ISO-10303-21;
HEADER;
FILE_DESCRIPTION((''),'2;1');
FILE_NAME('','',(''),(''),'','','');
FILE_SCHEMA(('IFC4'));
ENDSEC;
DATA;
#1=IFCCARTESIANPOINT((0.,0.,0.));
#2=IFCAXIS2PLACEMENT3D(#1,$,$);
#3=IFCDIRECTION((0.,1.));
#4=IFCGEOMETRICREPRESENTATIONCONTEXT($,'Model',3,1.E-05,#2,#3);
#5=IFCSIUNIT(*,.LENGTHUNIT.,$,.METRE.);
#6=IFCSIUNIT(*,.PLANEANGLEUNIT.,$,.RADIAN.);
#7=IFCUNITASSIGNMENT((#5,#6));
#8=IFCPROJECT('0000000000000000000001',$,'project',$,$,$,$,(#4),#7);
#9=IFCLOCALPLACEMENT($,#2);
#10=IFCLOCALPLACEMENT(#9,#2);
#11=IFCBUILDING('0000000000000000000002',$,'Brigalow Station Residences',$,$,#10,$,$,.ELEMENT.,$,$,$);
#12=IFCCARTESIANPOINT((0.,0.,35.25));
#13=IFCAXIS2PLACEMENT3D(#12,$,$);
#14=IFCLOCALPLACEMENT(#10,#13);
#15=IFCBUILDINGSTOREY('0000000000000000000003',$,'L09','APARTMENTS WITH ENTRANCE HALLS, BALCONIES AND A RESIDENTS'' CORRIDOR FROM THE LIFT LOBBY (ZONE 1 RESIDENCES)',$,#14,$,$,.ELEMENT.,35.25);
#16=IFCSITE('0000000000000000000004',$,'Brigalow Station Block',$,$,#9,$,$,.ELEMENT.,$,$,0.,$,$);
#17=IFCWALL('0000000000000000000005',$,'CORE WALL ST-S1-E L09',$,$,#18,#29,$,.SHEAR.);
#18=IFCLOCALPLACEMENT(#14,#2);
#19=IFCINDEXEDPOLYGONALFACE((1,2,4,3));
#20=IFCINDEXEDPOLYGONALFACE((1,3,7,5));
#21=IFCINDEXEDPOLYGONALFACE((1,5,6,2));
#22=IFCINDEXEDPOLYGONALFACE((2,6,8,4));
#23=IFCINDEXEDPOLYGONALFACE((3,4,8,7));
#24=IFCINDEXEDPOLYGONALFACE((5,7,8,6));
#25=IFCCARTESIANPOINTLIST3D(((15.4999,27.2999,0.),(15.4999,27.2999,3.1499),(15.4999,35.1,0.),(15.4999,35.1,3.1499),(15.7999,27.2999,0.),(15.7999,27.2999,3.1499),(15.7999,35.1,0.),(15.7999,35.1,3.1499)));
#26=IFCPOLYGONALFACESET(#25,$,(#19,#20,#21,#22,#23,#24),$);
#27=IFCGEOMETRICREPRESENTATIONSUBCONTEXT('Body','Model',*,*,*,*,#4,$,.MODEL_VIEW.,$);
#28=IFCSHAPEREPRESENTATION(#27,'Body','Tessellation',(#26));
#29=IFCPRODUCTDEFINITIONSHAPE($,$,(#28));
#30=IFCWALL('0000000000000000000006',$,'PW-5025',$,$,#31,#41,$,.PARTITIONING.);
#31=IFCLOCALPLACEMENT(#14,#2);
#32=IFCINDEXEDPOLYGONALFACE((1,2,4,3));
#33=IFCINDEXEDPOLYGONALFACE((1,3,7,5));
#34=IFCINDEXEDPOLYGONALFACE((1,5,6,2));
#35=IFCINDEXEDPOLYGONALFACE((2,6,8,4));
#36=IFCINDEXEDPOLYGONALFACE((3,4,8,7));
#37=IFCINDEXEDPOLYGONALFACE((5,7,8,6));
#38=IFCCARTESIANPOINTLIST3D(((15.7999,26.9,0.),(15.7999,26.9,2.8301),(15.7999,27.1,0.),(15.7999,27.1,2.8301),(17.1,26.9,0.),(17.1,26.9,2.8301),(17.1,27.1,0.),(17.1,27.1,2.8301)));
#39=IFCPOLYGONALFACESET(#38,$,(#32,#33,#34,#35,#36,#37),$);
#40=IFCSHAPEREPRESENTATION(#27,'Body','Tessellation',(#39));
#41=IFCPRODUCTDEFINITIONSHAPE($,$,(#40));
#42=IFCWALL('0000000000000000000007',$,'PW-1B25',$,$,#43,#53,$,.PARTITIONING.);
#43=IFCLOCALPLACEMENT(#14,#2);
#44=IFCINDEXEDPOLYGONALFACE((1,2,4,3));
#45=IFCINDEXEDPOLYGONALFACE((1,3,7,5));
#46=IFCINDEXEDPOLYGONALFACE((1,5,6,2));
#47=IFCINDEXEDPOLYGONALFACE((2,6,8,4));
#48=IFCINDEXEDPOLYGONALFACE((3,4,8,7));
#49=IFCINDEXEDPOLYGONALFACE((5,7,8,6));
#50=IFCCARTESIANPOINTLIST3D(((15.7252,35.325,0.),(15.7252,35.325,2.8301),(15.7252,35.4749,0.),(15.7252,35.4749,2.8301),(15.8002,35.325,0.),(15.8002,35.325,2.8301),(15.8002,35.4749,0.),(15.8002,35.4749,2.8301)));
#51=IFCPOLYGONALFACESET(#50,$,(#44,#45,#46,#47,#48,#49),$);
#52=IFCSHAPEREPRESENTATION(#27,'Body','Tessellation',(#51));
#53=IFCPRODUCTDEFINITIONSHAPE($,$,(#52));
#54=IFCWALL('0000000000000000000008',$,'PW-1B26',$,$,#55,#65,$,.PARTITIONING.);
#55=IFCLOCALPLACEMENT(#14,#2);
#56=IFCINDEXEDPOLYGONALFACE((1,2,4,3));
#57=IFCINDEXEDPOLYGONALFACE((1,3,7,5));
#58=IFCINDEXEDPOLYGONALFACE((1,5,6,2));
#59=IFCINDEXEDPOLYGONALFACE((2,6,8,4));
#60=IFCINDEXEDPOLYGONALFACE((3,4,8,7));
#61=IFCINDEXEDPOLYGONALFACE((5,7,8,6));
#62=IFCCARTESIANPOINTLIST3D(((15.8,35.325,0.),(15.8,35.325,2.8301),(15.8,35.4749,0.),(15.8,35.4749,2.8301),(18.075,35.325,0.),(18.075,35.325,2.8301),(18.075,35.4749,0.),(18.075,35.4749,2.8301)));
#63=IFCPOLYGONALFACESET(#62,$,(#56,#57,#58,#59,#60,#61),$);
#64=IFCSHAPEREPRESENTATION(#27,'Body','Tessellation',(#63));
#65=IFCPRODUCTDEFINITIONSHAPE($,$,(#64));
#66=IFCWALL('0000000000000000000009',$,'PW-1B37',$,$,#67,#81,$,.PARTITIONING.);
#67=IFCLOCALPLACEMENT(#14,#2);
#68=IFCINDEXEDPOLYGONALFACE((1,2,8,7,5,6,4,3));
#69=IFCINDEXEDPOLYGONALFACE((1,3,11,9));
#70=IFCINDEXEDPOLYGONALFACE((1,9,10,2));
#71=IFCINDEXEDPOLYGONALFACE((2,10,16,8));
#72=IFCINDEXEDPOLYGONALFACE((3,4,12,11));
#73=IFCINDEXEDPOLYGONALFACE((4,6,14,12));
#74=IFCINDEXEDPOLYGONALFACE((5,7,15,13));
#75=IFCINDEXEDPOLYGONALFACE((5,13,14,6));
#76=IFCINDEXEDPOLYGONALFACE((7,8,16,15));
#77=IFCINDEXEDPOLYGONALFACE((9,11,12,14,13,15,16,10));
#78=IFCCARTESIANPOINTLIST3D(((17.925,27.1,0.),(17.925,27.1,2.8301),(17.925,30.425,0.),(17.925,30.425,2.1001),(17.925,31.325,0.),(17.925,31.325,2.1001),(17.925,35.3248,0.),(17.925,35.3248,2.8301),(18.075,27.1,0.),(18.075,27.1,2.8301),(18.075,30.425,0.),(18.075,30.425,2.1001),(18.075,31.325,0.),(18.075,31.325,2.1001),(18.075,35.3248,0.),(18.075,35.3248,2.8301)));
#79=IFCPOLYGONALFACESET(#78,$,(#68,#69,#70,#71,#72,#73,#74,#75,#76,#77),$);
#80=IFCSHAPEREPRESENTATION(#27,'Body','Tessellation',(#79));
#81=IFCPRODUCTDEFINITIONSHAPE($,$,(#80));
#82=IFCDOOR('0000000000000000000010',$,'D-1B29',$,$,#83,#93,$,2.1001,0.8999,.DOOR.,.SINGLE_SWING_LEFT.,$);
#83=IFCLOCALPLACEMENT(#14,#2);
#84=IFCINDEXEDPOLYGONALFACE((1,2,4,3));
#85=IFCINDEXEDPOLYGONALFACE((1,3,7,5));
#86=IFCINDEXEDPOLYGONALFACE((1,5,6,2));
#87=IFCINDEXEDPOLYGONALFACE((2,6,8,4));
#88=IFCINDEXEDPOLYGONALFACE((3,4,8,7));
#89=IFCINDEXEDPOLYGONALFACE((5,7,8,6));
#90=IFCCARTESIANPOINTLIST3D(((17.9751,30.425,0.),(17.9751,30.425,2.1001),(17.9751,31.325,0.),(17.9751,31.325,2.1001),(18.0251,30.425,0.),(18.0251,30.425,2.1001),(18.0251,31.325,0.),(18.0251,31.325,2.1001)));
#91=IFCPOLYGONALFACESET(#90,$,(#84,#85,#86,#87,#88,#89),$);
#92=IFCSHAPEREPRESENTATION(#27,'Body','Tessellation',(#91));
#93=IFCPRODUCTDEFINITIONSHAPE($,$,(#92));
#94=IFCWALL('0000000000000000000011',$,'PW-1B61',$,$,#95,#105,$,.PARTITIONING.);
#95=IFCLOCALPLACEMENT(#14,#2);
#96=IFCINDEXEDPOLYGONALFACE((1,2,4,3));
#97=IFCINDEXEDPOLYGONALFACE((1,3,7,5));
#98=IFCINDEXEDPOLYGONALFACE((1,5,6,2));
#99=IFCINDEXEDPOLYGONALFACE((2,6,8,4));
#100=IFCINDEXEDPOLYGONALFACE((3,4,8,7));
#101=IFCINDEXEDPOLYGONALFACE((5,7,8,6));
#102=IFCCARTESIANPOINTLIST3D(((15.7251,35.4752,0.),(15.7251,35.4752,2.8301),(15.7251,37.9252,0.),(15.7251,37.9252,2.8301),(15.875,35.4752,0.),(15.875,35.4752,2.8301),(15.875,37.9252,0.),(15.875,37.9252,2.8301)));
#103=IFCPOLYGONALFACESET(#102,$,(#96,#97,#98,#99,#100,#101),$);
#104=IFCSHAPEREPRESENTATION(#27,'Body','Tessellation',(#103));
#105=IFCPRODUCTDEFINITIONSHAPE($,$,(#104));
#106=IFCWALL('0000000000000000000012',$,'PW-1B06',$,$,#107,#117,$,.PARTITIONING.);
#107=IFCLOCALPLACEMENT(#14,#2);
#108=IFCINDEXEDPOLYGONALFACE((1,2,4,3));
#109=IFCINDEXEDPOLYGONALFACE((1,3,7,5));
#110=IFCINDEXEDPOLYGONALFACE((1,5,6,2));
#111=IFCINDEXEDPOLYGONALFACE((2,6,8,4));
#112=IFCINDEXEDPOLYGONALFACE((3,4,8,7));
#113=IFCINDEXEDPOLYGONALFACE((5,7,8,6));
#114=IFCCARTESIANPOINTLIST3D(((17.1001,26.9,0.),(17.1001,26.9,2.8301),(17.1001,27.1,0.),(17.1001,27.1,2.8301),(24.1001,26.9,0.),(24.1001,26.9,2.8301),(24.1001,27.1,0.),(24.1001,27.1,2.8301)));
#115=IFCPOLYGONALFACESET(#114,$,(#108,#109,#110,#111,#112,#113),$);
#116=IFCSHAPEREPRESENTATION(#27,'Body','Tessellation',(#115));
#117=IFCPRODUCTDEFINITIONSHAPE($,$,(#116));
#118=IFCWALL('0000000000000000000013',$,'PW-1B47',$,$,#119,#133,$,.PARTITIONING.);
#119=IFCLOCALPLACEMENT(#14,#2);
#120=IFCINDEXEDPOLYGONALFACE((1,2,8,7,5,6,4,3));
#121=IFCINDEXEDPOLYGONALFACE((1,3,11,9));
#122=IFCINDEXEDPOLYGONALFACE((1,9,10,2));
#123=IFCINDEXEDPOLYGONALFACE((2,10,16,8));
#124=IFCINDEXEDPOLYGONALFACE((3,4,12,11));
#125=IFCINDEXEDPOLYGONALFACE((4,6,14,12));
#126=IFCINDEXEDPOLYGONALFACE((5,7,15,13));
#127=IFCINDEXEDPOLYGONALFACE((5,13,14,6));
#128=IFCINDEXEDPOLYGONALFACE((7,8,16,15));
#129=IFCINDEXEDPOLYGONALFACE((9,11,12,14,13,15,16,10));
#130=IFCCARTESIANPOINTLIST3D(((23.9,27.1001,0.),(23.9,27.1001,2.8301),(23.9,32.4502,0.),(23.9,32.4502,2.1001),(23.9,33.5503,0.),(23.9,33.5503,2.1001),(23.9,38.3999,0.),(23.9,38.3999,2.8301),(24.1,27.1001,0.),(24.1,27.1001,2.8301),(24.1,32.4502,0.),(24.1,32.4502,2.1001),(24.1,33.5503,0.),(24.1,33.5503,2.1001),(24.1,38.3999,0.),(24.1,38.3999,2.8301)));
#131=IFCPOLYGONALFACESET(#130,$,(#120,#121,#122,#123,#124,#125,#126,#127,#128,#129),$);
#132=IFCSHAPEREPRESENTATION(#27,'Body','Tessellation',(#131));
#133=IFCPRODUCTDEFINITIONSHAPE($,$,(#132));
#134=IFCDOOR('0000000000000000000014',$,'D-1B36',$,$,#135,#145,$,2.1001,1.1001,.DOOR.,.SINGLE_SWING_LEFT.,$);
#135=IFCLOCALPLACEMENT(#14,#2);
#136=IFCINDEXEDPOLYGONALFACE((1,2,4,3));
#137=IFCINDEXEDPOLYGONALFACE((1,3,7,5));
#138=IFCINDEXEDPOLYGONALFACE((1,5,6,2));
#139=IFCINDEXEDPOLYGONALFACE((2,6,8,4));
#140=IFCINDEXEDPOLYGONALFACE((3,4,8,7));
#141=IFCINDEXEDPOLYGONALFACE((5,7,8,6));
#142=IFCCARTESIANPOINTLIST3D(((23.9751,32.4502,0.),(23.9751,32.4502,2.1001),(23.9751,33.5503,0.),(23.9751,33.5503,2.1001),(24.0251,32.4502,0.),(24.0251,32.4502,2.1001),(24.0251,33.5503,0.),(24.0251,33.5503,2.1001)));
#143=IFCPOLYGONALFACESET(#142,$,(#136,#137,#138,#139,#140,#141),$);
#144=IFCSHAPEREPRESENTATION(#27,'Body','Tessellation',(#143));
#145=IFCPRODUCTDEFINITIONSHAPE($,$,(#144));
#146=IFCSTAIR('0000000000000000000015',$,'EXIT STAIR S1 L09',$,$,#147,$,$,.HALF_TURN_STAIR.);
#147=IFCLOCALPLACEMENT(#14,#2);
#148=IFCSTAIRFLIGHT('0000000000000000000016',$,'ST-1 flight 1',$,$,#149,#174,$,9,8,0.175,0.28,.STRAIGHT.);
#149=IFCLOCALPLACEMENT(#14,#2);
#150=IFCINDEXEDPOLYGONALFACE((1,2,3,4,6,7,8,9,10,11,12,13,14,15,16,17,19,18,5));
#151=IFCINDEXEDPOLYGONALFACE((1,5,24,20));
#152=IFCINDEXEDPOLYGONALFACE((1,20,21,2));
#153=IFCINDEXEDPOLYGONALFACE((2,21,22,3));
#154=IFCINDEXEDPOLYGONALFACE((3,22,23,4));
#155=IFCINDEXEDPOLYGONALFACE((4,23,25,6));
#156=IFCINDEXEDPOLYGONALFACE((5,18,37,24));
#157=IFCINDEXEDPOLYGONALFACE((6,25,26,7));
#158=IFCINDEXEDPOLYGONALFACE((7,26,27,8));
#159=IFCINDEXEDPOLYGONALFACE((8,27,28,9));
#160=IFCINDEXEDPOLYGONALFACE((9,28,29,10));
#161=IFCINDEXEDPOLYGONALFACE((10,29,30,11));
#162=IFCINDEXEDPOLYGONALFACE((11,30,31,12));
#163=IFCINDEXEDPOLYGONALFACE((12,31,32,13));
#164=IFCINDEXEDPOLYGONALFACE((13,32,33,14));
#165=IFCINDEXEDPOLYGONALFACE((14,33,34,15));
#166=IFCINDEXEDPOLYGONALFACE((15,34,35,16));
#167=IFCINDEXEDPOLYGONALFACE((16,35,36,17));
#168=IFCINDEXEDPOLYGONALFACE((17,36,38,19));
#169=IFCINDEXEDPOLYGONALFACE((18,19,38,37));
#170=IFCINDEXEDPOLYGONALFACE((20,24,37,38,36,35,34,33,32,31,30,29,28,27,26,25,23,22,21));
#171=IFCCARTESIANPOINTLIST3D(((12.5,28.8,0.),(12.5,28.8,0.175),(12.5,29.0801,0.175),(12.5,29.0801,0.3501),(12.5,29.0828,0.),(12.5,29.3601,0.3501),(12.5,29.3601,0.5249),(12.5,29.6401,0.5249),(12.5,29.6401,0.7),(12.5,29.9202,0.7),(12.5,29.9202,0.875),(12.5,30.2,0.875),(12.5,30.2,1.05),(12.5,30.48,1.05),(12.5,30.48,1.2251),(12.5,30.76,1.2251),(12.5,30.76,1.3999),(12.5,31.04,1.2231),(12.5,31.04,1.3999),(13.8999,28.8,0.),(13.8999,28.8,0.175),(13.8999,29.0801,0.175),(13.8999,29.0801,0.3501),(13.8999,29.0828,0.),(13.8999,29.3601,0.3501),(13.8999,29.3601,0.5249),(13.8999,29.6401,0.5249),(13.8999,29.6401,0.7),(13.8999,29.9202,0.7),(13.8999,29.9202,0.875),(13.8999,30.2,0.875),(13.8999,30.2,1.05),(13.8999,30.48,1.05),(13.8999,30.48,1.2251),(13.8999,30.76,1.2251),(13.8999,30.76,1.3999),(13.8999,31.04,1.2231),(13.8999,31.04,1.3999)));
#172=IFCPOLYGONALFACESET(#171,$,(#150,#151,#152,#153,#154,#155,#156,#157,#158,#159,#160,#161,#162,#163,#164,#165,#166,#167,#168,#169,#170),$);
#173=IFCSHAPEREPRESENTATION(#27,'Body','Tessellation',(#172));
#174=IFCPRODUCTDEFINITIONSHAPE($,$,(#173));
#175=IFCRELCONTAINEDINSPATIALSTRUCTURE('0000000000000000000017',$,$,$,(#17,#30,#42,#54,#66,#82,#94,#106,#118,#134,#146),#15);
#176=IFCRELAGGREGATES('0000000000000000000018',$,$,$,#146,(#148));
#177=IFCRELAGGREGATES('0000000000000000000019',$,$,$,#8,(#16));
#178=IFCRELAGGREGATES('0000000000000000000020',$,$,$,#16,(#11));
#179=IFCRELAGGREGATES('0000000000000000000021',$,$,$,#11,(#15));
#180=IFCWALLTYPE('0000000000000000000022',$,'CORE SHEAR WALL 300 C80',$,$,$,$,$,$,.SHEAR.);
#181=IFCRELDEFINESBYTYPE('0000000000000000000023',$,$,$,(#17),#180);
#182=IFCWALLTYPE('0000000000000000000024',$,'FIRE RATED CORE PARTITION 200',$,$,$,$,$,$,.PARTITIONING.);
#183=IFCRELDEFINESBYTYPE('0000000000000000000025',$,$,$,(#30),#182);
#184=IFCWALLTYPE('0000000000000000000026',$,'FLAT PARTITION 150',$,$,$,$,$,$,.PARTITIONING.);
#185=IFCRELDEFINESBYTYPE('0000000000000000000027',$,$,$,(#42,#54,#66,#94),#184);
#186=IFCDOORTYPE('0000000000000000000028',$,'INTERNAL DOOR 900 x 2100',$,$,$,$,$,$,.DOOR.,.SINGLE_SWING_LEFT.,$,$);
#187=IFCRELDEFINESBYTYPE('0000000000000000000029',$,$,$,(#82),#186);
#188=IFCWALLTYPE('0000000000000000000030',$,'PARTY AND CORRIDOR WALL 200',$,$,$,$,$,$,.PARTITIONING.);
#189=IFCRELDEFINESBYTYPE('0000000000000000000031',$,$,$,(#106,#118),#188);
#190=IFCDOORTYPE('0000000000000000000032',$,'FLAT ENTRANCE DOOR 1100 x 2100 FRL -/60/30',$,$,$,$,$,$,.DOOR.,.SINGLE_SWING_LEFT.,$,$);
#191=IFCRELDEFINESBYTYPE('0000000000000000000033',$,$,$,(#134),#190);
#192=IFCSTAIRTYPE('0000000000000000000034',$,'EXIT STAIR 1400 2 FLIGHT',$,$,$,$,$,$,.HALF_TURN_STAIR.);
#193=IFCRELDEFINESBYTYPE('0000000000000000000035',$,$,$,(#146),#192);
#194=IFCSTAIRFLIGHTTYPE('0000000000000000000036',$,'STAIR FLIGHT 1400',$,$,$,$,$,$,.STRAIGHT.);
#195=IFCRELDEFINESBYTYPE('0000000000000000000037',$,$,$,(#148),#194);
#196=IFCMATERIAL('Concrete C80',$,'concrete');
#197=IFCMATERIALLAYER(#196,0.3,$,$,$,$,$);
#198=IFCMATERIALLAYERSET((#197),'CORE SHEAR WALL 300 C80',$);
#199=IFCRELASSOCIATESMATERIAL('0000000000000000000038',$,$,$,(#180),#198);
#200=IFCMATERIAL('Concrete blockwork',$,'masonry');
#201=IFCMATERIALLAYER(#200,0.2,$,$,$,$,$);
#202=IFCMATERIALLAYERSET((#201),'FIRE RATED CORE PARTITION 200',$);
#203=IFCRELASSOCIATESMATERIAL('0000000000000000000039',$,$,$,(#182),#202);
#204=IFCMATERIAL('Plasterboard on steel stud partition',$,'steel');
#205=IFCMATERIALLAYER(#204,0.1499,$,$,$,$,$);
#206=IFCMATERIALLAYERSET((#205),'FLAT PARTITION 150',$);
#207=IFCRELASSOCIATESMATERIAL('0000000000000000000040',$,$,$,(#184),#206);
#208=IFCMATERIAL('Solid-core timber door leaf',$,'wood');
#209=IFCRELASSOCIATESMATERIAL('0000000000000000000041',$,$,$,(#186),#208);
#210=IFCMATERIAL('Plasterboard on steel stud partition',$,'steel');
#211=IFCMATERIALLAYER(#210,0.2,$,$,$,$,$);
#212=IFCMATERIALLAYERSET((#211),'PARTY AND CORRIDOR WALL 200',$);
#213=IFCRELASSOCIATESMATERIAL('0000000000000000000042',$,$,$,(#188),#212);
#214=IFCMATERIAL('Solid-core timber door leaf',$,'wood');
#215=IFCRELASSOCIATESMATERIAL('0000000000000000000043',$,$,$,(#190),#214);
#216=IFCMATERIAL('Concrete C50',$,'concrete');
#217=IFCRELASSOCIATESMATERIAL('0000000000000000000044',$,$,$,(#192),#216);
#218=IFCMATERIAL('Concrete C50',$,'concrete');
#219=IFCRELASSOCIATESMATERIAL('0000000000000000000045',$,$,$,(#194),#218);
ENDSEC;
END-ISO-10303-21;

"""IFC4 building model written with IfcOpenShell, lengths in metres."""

from ifc_helpers import new_model, si_unit, direction, frame, frame_2d, origin, place, context, subcontext, project, spatial, polyline, rectangle, outline, extrude, material, layer, layer_set, type_object, element, fill, aggregate, save


model = new_model("IFC4")

# Units and contexts
model_context = context("Model", 3, precision=1e-05, world=origin(), true_north=direction((0.0, 1.0)))
body_context = subcontext(model_context, "Body", "Model", "MODEL_VIEW")
ifc_project = project(units=[si_unit("LENGTHUNIT", "METRE"), si_unit("PLANEANGLEUNIT", "RADIAN")], contexts=[model_context])

# Site, building, storey
site_placement = place(None, origin())
site = spatial("IfcSite", under=ifc_project, at=site_placement, Name="Brigalow Station Block", CompositionType="ELEMENT", RefElevation=0.0)
building_placement = place(site_placement, origin())
building = spatial("IfcBuilding", under=site, at=building_placement, Name="Brigalow Station Residences", CompositionType="ELEMENT")
storey_placement = place(building_placement, frame((0.0, 0.0, 35.25)))
storey = spatial("IfcBuildingStorey", under=building, at=storey_placement, Name="L09", Description="APARTMENTS WITH ENTRANCE HALLS, BALCONIES AND A RESIDENTS' CORRIDOR FROM THE LIFT LOBBY (ZONE 1 RESIDENCES)", CompositionType="ELEMENT", Elevation=35.25)

# Walls
ifc_material_1 = material(Name="Concrete C80", Category="concrete")
ifc_layer_1 = layer(ifc_material_1, 0.3)
ifc_layer_set_1 = layer_set([ifc_layer_1], Name="CORE SHEAR WALL 300 C80")
wall_type_1 = type_object("IfcWallType", Name="CORE SHEAR WALL 300 C80", PredefinedType="SHEAR", material=ifc_layer_set_1)
wall_1_placement = place(storey_placement, frame((15.6499, 27.3, 0.0), z_axis=(0.0, 0.0, 1.0), x_axis=(0.0, 1.0, 0.0)))
element("IfcWall", 1, at=wall_1_placement, inside=storey, type_object=wall_type_1, Name="CORE WALL ST-S1-E L09", PredefinedType="SHEAR", context=body_context, shape_type="SweptSolid", body=[
    extrude(rectangle(XDim=7.8, YDim=0.3, at=frame_2d((3.8999, 0.0))), origin(), (0.0, 0.0, 1.0), 3.1499),
])
ifc_material_2 = material(Name="Concrete blockwork", Category="masonry")
ifc_layer_2 = layer(ifc_material_2, 0.2)
ifc_layer_set_2 = layer_set([ifc_layer_2], Name="FIRE RATED CORE PARTITION 200")
wall_type_2 = type_object("IfcWallType", Name="FIRE RATED CORE PARTITION 200", PredefinedType="PARTITIONING", material=ifc_layer_set_2)
wall_2_placement = place(storey_placement, frame((15.8, 27.0, 0.0), z_axis=(0.0, 0.0, 1.0), x_axis=(1.0, 0.0, 0.0)))
element("IfcWall", 2, at=wall_2_placement, inside=storey, type_object=wall_type_2, Name="PW-5025", PredefinedType="PARTITIONING", context=body_context, shape_type="SweptSolid", body=[
    extrude(rectangle(XDim=1.3, YDim=0.2, at=frame_2d((0.6499, 0.0))), origin(), (0.0, 0.0, 1.0), 2.8301),
])
ifc_material_3 = material(Name="Plasterboard on steel stud partition", Category="steel")
ifc_layer_3 = layer(ifc_material_3, 0.1499)
ifc_layer_set_3 = layer_set([ifc_layer_3], Name="FLAT PARTITION 150")
wall_type_3 = type_object("IfcWallType", Name="FLAT PARTITION 150", PredefinedType="PARTITIONING", material=ifc_layer_set_3)
wall_3_placement = place(storey_placement, frame((15.7251, 35.3999, 0.0), z_axis=(0.0, 0.0, 1.0), x_axis=(1.0, 0.0, 0.0)))
element("IfcWall", 3, at=wall_3_placement, inside=storey, type_object=wall_type_3, Name="PW-1B25", PredefinedType="PARTITIONING", context=body_context, shape_type="SweptSolid", body=[
    extrude(rectangle(XDim=0.075, YDim=0.1499, at=frame_2d((0.0376, 0.0))), origin(), (0.0, 0.0, 1.0), 2.8301),
])
wall_4_placement = place(storey_placement, frame((15.8, 35.3999, 0.0), z_axis=(0.0, 0.0, 1.0), x_axis=(1.0, 0.0, 0.0)))
element("IfcWall", 4, at=wall_4_placement, inside=storey, type_object=wall_type_3, Name="PW-1B26", PredefinedType="PARTITIONING", context=body_context, shape_type="SweptSolid", body=[
    extrude(rectangle(XDim=2.2749, YDim=0.1499, at=frame_2d((1.1375, 0.0))), origin(), (0.0, 0.0, 1.0), 2.8301),
])

# Wall, opening, door
wall_5_placement = place(storey_placement, frame((18.0, 27.1001, 0.0), z_axis=(0.0, 0.0, 1.0), x_axis=(0.0, 1.0, 0.0)))
wall_5 = element("IfcWall", 5, at=wall_5_placement, inside=storey, type_object=wall_type_3, Name="PW-1B37", PredefinedType="PARTITIONING", context=body_context, shape_type="SweptSolid", body=[
    extrude(rectangle(XDim=8.2249, YDim=0.1499, at=frame_2d((4.1123, 0.0))), origin(), (0.0, 0.0, 1.0), 2.8301),
])
opening_1_placement = place(wall_5_placement, frame((3.325, 0.0, 0.0)))
opening_1 = element("IfcOpeningElement", 6, at=opening_1_placement, cuts=wall_5, PredefinedType="OPENING", context=body_context, shape_type="SweptSolid", body=[
    extrude(rectangle(XDim=0.8999, YDim=2.1001, at=frame_2d((0.45, 1.05))), frame((0.0, 0.085, 0.0), z_axis=(0.0, -1.0, 0.0), x_axis=(1.0, 0.0, 0.0)), (0.0, 0.0, 1.0), 0.1699),
])
ifc_material_4 = material(Name="Solid-core timber door leaf", Category="wood")
door_type_1 = type_object("IfcDoorType", Name="INTERNAL DOOR 900 x 2100", OperationType="SINGLE_SWING_LEFT", PredefinedType="DOOR", material=ifc_material_4)
door_1_placement = place(opening_1_placement, origin())
door_1 = element("IfcDoor", 7, at=door_1_placement, inside=storey, type_object=door_type_1, Name="D-1B29", OperationType="SINGLE_SWING_LEFT", OverallHeight=2.1001, OverallWidth=0.8999, PredefinedType="DOOR", context=body_context, shape_type="SweptSolid", body=[
    extrude(rectangle(XDim=0.8999, YDim=2.1001, at=frame_2d((0.45, 1.05))), frame((0.0, 0.0249, 0.0), z_axis=(0.0, -1.0, 0.0), x_axis=(1.0, 0.0, 0.0)), (0.0, 0.0, 1.0), 0.05),
])
fill(opening_1, door_1)

# Walls
wall_6_placement = place(storey_placement, frame((15.8, 35.4751, 0.0), z_axis=(0.0, 0.0, 1.0), x_axis=(0.0, 1.0, 0.0)))
element("IfcWall", 8, at=wall_6_placement, inside=storey, type_object=wall_type_3, Name="PW-1B61", PredefinedType="PARTITIONING", context=body_context, shape_type="SweptSolid", body=[
    extrude(rectangle(XDim=2.45, YDim=0.1499, at=frame_2d((1.2251, 0.0))), origin(), (0.0, 0.0, 1.0), 2.8301),
])
ifc_material_5 = material(Name="Plasterboard on steel stud partition", Category="steel")
ifc_layer_4 = layer(ifc_material_5, 0.2)
ifc_layer_set_4 = layer_set([ifc_layer_4], Name="PARTY AND CORRIDOR WALL 200")
wall_type_4 = type_object("IfcWallType", Name="PARTY AND CORRIDOR WALL 200", PredefinedType="PARTITIONING", material=ifc_layer_set_4)
wall_7_placement = place(storey_placement, frame((17.1001, 27.0, 0.0), z_axis=(0.0, 0.0, 1.0), x_axis=(1.0, 0.0, 0.0)))
element("IfcWall", 9, at=wall_7_placement, inside=storey, type_object=wall_type_4, Name="PW-1B06", PredefinedType="PARTITIONING", context=body_context, shape_type="SweptSolid", body=[
    extrude(rectangle(XDim=7.0, YDim=0.2, at=frame_2d((3.5, 0.0))), origin(), (0.0, 0.0, 1.0), 2.8301),
])

# Wall, opening, door
wall_8_placement = place(storey_placement, frame((24.0, 27.1001, 0.0), z_axis=(0.0, 0.0, 1.0), x_axis=(0.0, 1.0, 0.0)))
wall_8 = element("IfcWall", 10, at=wall_8_placement, inside=storey, type_object=wall_type_4, Name="PW-1B47", PredefinedType="PARTITIONING", context=body_context, shape_type="SweptSolid", body=[
    extrude(rectangle(XDim=11.2998, YDim=0.2, at=frame_2d((5.6499, 0.0))), origin(), (0.0, 0.0, 1.0), 2.8301),
])
opening_2_placement = place(wall_8_placement, frame((5.3501, 0.0, 0.0)))
opening_2 = element("IfcOpeningElement", 11, at=opening_2_placement, cuts=wall_8, PredefinedType="OPENING", context=body_context, shape_type="SweptSolid", body=[
    extrude(rectangle(XDim=1.1001, YDim=2.1001, at=frame_2d((0.55, 1.05))), frame((0.0, 0.1099, 0.0), z_axis=(0.0, -1.0, 0.0), x_axis=(1.0, 0.0, 0.0)), (0.0, 0.0, 1.0), 0.22),
])
ifc_material_6 = material(Name="Solid-core timber door leaf", Category="wood")
door_type_2 = type_object("IfcDoorType", Name="FLAT ENTRANCE DOOR 1100 x 2100 FRL -/60/30", OperationType="SINGLE_SWING_LEFT", PredefinedType="DOOR", material=ifc_material_6)
door_2_placement = place(opening_2_placement, origin())
door_2 = element("IfcDoor", 12, at=door_2_placement, inside=storey, type_object=door_type_2, Name="D-1B36", OperationType="SINGLE_SWING_LEFT", OverallHeight=2.1001, OverallWidth=1.1001, PredefinedType="DOOR", context=body_context, shape_type="SweptSolid", body=[
    extrude(rectangle(XDim=1.1001, YDim=2.1001, at=frame_2d((0.55, 1.05))), frame((0.0, 0.0249, 0.0), z_axis=(0.0, -1.0, 0.0), x_axis=(1.0, 0.0, 0.0)), (0.0, 0.0, 1.0), 0.05),
])
fill(opening_2, door_2)

# Stair, stair flight
ifc_material_7 = material(Name="Concrete C50", Category="concrete")
stair_type = type_object("IfcStairType", Name="EXIT STAIR 1400 2 FLIGHT", PredefinedType="HALF_TURN_STAIR", material=ifc_material_7)
stair_placement = place(storey_placement, origin())
stair = element("IfcStair", 13, at=stair_placement, inside=storey, type_object=stair_type, Name="EXIT STAIR S1 L09", PredefinedType="HALF_TURN_STAIR")
ifc_material_8 = material(Name="Concrete C50", Category="concrete")
stair_flight_type = type_object("IfcStairFlightType", Name="STAIR FLIGHT 1400", PredefinedType="STRAIGHT", material=ifc_material_8)
stair_flight_1_placement = place(storey_placement, frame((13.2, 28.8, 0.0), z_axis=(0.0, 0.0, 1.0), x_axis=(0.0, 1.0, 0.0)))
stair_flight_1 = element("IfcStairFlight", 14, at=stair_flight_1_placement, type_object=stair_flight_type, Name="ST-1 flight 1", NumberOfRisers=9, NumberOfTreads=8, PredefinedType="STRAIGHT", RiserHeight=0.175, TreadLength=0.28, context=body_context, shape_type="SweptSolid", body=[
    extrude(outline(polyline([(0.0, 0.0), (0.0, 0.175), (0.28, 0.175), (0.28, 0.3501), (0.5601, 0.3501), (0.5601, 0.5249), (0.8401, 0.5249), (0.8401, 0.7), (1.1201, 0.7), (1.1201, 0.875), (1.3999, 0.875), (1.3999, 1.05), (1.6799, 1.05), (1.6799, 1.2251), (1.96, 1.2251), (1.96, 1.3999), (2.24, 1.3999), (2.24, 1.575), (2.24, 1.2231), (0.2827, 0.0), (0.0, 0.0)])), frame((0.0, 0.7, 0.0), z_axis=(0.0, -1.0, 0.0), x_axis=(1.0, 0.0, 0.0)), (0.0, 0.0, 1.0), 1.3999),
])
aggregate(stair, [stair_flight_1])

save(model, "model.ifc")
